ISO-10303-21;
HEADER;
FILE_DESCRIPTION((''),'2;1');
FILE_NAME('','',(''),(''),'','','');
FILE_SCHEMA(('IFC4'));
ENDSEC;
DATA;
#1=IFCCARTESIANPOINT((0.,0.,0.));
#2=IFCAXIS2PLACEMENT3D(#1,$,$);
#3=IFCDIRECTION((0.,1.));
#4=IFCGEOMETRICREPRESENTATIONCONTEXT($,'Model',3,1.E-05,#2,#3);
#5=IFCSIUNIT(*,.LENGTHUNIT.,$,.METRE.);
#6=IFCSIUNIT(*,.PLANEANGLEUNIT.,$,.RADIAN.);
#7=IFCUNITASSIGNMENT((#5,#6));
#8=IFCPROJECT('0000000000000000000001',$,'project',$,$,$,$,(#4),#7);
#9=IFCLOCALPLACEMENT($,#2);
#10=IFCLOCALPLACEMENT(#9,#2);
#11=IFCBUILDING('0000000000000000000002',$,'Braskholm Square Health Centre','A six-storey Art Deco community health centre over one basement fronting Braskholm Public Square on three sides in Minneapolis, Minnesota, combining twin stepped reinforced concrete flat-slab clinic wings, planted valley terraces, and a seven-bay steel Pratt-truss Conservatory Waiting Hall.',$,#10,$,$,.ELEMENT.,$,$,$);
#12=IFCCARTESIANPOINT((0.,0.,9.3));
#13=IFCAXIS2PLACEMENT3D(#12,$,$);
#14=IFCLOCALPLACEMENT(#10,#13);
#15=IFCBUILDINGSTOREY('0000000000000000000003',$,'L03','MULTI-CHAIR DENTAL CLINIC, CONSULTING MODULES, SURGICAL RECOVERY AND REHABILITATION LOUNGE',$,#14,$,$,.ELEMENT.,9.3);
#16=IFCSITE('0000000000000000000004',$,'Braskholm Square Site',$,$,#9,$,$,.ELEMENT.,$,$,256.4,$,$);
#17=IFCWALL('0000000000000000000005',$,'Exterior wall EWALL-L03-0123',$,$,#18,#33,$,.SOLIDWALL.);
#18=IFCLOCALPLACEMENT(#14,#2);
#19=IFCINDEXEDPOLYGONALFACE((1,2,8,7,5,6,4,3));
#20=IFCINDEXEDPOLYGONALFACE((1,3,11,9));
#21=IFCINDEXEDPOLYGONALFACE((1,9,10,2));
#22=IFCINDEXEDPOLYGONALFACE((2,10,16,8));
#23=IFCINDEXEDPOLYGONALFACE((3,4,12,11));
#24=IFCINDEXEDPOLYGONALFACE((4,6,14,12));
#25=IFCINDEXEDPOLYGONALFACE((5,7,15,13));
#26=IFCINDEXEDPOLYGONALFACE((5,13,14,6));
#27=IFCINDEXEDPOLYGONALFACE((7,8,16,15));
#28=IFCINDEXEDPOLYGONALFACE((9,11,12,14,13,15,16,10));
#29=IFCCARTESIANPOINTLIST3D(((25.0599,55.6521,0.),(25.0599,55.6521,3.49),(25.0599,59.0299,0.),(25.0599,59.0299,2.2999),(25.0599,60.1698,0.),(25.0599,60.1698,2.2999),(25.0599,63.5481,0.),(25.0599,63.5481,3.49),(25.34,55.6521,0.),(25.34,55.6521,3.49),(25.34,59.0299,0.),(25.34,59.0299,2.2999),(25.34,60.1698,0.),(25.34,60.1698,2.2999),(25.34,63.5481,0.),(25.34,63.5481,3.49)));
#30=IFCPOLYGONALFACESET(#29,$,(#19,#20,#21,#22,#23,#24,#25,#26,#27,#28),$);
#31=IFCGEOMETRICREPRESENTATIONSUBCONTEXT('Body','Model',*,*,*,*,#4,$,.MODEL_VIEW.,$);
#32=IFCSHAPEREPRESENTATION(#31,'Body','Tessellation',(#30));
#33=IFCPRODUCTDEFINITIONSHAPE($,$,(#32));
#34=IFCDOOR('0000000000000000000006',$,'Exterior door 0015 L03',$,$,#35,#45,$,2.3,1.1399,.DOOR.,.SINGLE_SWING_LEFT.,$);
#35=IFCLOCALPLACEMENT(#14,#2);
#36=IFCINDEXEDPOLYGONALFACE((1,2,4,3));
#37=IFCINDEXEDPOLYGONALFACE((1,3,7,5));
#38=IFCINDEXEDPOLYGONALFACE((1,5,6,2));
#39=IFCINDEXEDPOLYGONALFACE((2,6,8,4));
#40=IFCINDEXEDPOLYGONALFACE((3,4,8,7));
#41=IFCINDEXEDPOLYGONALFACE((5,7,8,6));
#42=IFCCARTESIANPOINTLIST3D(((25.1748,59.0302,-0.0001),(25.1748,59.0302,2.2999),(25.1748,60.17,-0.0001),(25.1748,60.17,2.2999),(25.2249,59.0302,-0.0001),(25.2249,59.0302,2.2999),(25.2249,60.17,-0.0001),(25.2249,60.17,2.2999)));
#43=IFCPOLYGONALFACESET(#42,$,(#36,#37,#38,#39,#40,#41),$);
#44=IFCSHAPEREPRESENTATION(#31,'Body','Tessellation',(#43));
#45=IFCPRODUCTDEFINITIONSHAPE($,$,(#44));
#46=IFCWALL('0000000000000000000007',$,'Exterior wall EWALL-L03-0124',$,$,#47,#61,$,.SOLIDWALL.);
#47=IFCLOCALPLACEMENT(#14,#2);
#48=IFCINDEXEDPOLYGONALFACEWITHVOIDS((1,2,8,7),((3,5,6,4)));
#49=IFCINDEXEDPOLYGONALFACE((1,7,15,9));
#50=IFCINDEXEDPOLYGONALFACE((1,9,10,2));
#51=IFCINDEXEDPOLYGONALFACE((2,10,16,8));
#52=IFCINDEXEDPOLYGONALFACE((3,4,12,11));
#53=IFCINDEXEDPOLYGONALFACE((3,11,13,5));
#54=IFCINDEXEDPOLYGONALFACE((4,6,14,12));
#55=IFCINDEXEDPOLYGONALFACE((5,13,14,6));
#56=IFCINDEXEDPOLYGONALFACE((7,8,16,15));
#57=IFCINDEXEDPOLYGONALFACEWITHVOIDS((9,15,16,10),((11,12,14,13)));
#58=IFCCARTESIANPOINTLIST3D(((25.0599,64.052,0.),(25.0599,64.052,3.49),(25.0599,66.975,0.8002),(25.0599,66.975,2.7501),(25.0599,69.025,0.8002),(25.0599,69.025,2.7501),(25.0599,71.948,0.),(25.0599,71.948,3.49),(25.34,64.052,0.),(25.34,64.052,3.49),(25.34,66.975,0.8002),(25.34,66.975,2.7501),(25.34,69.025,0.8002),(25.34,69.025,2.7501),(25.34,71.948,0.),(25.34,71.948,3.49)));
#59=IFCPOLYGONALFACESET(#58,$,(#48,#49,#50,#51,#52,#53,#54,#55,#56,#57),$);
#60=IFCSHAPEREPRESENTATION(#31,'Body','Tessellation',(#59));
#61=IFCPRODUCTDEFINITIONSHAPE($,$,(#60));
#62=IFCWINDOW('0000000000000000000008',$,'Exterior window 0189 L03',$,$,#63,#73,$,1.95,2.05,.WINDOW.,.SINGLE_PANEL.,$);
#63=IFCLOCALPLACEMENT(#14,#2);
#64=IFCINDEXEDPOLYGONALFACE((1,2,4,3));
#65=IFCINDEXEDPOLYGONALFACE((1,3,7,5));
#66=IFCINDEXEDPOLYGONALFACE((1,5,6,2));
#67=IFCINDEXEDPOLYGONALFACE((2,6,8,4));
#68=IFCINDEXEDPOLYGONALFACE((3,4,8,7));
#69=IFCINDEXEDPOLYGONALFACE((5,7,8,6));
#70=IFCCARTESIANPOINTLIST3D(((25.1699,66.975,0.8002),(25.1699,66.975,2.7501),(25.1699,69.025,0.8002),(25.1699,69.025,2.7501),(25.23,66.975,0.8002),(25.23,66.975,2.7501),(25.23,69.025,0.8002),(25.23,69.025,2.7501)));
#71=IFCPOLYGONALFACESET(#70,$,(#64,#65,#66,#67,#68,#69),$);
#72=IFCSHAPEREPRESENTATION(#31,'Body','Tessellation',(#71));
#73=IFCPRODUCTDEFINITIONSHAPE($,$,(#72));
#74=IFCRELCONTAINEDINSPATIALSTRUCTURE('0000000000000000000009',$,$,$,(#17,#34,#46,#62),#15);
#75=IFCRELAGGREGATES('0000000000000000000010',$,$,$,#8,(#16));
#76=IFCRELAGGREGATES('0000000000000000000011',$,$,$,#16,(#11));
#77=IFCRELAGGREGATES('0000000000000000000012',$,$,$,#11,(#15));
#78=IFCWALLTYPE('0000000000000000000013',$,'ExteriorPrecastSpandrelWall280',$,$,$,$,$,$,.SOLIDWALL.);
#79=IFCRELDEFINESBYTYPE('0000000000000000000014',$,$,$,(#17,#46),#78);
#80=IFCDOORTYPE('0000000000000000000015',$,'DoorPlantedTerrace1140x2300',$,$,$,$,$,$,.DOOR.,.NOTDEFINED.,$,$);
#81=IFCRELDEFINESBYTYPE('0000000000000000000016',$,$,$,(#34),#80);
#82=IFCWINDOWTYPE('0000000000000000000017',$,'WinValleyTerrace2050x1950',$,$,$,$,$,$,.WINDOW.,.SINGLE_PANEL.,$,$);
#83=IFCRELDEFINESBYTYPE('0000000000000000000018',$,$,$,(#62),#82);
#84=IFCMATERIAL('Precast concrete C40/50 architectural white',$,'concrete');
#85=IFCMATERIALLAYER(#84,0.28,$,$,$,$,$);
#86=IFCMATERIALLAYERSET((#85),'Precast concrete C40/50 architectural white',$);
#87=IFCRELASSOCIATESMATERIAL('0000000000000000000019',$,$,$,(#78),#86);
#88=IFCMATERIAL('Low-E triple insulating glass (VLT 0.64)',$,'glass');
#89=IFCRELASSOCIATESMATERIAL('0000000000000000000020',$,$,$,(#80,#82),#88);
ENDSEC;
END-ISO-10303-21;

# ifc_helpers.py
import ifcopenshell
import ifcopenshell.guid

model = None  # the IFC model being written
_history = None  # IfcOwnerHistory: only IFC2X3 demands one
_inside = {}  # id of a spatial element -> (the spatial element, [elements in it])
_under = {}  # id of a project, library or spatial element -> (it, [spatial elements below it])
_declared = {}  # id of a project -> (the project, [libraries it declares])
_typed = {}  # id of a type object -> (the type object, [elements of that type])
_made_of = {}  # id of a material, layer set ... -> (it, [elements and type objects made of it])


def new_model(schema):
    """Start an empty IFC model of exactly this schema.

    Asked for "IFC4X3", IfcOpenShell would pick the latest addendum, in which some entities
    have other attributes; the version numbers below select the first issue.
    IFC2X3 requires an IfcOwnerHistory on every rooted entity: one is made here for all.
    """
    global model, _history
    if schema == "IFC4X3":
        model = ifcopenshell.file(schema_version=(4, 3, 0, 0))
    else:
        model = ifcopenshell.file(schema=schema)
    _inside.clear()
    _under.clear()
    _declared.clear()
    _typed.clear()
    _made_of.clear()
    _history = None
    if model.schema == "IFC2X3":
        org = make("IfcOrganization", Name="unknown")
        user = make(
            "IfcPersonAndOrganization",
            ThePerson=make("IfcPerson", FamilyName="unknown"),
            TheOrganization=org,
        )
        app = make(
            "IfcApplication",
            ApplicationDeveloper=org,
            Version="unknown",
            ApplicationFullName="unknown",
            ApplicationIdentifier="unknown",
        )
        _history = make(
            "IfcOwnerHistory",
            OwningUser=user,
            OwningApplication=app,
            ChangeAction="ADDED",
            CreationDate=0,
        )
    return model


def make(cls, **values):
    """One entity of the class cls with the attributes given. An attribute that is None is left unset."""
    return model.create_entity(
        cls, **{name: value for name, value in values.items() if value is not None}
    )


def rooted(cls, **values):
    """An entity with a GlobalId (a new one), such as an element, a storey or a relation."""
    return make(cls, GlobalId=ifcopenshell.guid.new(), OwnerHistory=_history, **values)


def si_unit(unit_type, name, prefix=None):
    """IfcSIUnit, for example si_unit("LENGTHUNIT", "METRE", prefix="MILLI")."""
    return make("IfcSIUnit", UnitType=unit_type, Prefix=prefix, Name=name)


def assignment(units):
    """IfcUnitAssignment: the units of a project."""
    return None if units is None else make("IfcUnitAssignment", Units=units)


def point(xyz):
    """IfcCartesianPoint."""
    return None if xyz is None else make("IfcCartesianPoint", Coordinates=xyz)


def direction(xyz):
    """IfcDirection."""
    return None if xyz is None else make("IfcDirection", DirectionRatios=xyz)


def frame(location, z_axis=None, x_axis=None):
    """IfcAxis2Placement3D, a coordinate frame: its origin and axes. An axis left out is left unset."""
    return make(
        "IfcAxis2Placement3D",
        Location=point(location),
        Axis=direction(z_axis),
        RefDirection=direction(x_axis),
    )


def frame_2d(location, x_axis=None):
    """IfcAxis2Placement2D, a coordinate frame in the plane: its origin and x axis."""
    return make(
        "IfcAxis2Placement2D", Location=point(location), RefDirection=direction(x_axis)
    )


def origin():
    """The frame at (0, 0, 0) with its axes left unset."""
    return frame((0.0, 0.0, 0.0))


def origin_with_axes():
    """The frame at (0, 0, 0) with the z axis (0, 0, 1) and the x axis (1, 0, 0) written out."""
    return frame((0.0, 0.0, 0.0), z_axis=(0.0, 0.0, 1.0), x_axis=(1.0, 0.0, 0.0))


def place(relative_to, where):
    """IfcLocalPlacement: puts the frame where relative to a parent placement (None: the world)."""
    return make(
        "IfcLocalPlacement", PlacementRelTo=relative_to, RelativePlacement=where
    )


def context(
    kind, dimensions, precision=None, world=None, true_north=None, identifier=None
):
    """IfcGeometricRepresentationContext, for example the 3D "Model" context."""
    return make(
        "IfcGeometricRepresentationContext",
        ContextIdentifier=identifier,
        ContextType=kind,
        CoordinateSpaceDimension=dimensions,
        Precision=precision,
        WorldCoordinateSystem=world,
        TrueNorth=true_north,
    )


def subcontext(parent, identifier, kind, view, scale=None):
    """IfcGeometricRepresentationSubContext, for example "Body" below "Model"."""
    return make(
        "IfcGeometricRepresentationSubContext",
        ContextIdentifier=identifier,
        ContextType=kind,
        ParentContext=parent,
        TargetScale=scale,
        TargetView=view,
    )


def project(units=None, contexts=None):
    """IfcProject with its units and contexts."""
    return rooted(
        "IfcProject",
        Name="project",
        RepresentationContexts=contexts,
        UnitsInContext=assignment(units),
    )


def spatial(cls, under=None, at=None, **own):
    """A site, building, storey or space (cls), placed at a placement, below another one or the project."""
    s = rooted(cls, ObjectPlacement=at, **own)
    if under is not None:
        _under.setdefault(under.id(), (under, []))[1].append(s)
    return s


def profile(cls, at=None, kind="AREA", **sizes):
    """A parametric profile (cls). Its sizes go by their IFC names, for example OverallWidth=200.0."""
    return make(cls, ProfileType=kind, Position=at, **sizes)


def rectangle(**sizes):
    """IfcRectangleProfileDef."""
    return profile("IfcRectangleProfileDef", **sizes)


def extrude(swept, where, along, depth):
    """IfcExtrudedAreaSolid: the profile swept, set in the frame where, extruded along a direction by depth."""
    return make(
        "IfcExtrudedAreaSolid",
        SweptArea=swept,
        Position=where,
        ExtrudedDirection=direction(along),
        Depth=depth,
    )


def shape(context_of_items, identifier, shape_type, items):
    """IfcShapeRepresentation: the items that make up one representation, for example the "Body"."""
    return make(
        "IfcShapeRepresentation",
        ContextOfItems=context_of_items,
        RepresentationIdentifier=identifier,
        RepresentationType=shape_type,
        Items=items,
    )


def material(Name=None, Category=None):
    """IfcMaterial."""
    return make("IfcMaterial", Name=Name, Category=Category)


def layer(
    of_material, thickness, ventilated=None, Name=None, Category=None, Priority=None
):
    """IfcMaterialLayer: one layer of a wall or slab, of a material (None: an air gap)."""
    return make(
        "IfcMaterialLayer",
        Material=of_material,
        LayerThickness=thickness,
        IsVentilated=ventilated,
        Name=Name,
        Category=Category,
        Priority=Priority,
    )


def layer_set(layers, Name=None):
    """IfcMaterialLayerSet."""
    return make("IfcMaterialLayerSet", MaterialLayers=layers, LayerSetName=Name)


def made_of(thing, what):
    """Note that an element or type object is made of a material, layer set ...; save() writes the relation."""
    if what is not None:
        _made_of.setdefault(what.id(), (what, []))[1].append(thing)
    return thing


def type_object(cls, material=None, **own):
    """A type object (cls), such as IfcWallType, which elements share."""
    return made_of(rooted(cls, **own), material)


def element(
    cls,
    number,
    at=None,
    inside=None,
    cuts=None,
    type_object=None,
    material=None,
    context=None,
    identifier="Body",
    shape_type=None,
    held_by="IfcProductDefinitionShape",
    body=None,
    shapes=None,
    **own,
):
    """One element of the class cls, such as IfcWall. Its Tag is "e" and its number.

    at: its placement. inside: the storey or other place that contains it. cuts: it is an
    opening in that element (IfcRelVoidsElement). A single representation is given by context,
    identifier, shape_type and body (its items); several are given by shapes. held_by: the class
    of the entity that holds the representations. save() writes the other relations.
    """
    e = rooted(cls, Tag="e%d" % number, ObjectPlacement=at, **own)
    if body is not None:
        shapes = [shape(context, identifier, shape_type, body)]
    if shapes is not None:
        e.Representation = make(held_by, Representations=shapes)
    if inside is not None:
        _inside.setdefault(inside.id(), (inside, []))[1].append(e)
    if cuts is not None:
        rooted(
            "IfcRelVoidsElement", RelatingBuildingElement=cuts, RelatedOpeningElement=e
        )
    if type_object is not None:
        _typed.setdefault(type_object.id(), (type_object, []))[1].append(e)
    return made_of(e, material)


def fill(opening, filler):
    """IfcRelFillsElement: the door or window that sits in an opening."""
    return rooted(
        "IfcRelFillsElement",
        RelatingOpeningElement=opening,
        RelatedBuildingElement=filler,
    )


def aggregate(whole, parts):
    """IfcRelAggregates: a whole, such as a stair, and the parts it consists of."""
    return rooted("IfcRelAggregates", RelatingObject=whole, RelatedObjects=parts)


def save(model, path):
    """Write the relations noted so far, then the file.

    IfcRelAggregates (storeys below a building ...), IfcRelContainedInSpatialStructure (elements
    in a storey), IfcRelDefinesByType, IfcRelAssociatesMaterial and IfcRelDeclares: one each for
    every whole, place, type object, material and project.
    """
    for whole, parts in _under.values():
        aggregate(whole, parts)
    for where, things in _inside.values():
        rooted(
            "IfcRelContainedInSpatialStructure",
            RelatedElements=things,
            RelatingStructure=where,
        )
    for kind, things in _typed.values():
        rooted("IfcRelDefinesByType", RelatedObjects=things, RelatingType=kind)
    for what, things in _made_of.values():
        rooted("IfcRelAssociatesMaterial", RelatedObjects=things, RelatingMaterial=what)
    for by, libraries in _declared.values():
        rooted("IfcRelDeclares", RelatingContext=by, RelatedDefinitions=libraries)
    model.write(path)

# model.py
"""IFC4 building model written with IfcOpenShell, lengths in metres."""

from ifc_helpers import new_model, si_unit, direction, frame, frame_2d, origin, origin_with_axes, place, context, subcontext, project, spatial, rectangle, extrude, material, layer, layer_set, type_object, element, fill, save


model = new_model("IFC4")

# Units and contexts
model_context = context("Model", 3, precision=1e-05, world=origin(), true_north=direction((0.0, 1.0)))
body_context = subcontext(model_context, "Body", "Model", "MODEL_VIEW")
ifc_project = project(units=[si_unit("LENGTHUNIT", "METRE"), si_unit("PLANEANGLEUNIT", "RADIAN")], contexts=[model_context])

# Site, building, storey
site_placement = place(None, origin())
site = spatial("IfcSite", under=ifc_project, at=site_placement, Name="Braskholm Square Site", CompositionType="ELEMENT", RefElevation=256.4)
building_placement = place(site_placement, origin())
building = spatial("IfcBuilding", under=site, at=building_placement, Name="Braskholm Square Health Centre", Description="A six-storey Art Deco community health centre over one basement fronting Braskholm Public Square on three sides in Minneapolis, Minnesota, combining twin stepped reinforced concrete flat-slab clinic wings, planted valley terraces, and a seven-bay steel Pratt-truss Conservatory Waiting Hall.", CompositionType="ELEMENT")
storey_placement = place(building_placement, frame((0.0, 0.0, 9.3)))
storey = spatial("IfcBuildingStorey", under=building, at=storey_placement, Name="L03", Description="MULTI-CHAIR DENTAL CLINIC, CONSULTING MODULES, SURGICAL RECOVERY AND REHABILITATION LOUNGE", CompositionType="ELEMENT", Elevation=9.3)

# Shared definitions
ifc_material_1 = material(Name="Low-E triple insulating glass (VLT 0.64)", Category="glass")

# Shared definitions
ifc_material_2 = material(Name="Precast concrete C40/50 architectural white", Category="concrete")

# Wall, opening, door
ifc_layer = layer(ifc_material_2, 0.28)
ifc_layer_set = layer_set([ifc_layer], Name="Precast concrete C40/50 architectural white")
wall_type = type_object("IfcWallType", Name="ExteriorPrecastSpandrelWall280", PredefinedType="SOLIDWALL", material=ifc_layer_set)
wall_1_placement = place(storey_placement, frame((25.2, 55.6521, 0.0), z_axis=(0.0, 0.0, 1.0), x_axis=(0.0, 1.0, 0.0)))
wall_1 = element("IfcWall", 1, at=wall_1_placement, inside=storey, type_object=wall_type, Name="Exterior wall EWALL-L03-0123", PredefinedType="SOLIDWALL", context=body_context, shape_type="SweptSolid", body=[
    extrude(rectangle(XDim=7.896, YDim=0.28, at=frame_2d((3.948, 0.0))), origin(), (0.0, 0.0, 1.0), 3.49),
])
opening_1_placement = place(wall_1_placement, frame((3.3779, 0.0, 0.0)))
opening_1 = element("IfcOpeningElement", 2, at=opening_1_placement, cuts=wall_1, PredefinedType="OPENING", context=body_context, shape_type="SweptSolid", body=[
    extrude(rectangle(XDim=1.1399, YDim=2.3, at=frame_2d((0.5698, 1.1499))), frame((0.0, 0.1499, 0.0), z_axis=(0.0, -1.0, 0.0), x_axis=(1.0, 0.0, 0.0)), (0.0, 0.0, 1.0), 0.3),
])
door_type = type_object("IfcDoorType", Name="DoorPlantedTerrace1140x2300", OperationType="NOTDEFINED", PredefinedType="DOOR", material=ifc_material_1)
door_placement = place(opening_1_placement, frame((1.1399, 0.0, 0.0), z_axis=(0.0, 0.0, 1.0), x_axis=(-1.0, 0.0, 0.0)))
door = element("IfcDoor", 3, at=door_placement, inside=storey, type_object=door_type, Name="Exterior door 0015 L03", OperationType="SINGLE_SWING_LEFT", OverallHeight=2.3, OverallWidth=1.1399, PredefinedType="DOOR", context=body_context, shape_type="SweptSolid", body=[
    extrude(rectangle(XDim=1.1399, YDim=2.3, at=frame_2d((0.5698, 1.1499))), frame((0.0, 0.0249, 0.0), z_axis=(0.0, -1.0, 0.0), x_axis=(1.0, 0.0, 0.0)), (0.0, 0.0, 1.0), 0.05),
])
fill(opening_1, door)

# Wall, opening, window
wall_2_placement = place(storey_placement, frame((25.2, 64.052, 0.0), z_axis=(0.0, 0.0, 1.0), x_axis=(0.0, 1.0, 0.0)))
wall_2 = element("IfcWall", 4, at=wall_2_placement, inside=storey, type_object=wall_type, Name="Exterior wall EWALL-L03-0124", PredefinedType="SOLIDWALL", context=body_context, shape_type="SweptSolid", body=[
    extrude(rectangle(XDim=7.896, YDim=0.28, at=frame_2d((3.948, 0.0))), origin(), (0.0, 0.0, 1.0), 3.49),
])
opening_2_placement = place(wall_2_placement, frame((2.9231, 0.0, 0.8)))
opening_2 = element("IfcOpeningElement", 5, at=opening_2_placement, cuts=wall_2, PredefinedType="OPENING", context=body_context, shape_type="SweptSolid", body=[
    extrude(rectangle(XDim=2.05, YDim=1.95, at=frame_2d((1.0249, 0.9751))), frame((0.0, 0.1499, 0.0), z_axis=(0.0, -1.0, 0.0), x_axis=(1.0, 0.0, 0.0)), (0.0, 0.0, 1.0), 0.3),
])
window_type = type_object("IfcWindowType", Name="WinValleyTerrace2050x1950", PartitioningType="SINGLE_PANEL", PredefinedType="WINDOW", material=ifc_material_1)
window_placement = place(opening_2_placement, origin_with_axes())
window = element("IfcWindow", 6, at=window_placement, inside=storey, type_object=window_type, Name="Exterior window 0189 L03", OverallHeight=1.95, OverallWidth=2.05, PartitioningType="SINGLE_PANEL", PredefinedType="WINDOW", context=body_context, shape_type="SweptSolid", body=[
    extrude(rectangle(XDim=2.05, YDim=1.95, at=frame_2d((1.0249, 0.9751))), frame((0.0, 0.03, 0.0), z_axis=(0.0, -1.0, 0.0), x_axis=(1.0, 0.0, 0.0)), (0.0, 0.0, 1.0), 0.0601),
])
fill(opening_2, window)

save(model, "model.ifc")
